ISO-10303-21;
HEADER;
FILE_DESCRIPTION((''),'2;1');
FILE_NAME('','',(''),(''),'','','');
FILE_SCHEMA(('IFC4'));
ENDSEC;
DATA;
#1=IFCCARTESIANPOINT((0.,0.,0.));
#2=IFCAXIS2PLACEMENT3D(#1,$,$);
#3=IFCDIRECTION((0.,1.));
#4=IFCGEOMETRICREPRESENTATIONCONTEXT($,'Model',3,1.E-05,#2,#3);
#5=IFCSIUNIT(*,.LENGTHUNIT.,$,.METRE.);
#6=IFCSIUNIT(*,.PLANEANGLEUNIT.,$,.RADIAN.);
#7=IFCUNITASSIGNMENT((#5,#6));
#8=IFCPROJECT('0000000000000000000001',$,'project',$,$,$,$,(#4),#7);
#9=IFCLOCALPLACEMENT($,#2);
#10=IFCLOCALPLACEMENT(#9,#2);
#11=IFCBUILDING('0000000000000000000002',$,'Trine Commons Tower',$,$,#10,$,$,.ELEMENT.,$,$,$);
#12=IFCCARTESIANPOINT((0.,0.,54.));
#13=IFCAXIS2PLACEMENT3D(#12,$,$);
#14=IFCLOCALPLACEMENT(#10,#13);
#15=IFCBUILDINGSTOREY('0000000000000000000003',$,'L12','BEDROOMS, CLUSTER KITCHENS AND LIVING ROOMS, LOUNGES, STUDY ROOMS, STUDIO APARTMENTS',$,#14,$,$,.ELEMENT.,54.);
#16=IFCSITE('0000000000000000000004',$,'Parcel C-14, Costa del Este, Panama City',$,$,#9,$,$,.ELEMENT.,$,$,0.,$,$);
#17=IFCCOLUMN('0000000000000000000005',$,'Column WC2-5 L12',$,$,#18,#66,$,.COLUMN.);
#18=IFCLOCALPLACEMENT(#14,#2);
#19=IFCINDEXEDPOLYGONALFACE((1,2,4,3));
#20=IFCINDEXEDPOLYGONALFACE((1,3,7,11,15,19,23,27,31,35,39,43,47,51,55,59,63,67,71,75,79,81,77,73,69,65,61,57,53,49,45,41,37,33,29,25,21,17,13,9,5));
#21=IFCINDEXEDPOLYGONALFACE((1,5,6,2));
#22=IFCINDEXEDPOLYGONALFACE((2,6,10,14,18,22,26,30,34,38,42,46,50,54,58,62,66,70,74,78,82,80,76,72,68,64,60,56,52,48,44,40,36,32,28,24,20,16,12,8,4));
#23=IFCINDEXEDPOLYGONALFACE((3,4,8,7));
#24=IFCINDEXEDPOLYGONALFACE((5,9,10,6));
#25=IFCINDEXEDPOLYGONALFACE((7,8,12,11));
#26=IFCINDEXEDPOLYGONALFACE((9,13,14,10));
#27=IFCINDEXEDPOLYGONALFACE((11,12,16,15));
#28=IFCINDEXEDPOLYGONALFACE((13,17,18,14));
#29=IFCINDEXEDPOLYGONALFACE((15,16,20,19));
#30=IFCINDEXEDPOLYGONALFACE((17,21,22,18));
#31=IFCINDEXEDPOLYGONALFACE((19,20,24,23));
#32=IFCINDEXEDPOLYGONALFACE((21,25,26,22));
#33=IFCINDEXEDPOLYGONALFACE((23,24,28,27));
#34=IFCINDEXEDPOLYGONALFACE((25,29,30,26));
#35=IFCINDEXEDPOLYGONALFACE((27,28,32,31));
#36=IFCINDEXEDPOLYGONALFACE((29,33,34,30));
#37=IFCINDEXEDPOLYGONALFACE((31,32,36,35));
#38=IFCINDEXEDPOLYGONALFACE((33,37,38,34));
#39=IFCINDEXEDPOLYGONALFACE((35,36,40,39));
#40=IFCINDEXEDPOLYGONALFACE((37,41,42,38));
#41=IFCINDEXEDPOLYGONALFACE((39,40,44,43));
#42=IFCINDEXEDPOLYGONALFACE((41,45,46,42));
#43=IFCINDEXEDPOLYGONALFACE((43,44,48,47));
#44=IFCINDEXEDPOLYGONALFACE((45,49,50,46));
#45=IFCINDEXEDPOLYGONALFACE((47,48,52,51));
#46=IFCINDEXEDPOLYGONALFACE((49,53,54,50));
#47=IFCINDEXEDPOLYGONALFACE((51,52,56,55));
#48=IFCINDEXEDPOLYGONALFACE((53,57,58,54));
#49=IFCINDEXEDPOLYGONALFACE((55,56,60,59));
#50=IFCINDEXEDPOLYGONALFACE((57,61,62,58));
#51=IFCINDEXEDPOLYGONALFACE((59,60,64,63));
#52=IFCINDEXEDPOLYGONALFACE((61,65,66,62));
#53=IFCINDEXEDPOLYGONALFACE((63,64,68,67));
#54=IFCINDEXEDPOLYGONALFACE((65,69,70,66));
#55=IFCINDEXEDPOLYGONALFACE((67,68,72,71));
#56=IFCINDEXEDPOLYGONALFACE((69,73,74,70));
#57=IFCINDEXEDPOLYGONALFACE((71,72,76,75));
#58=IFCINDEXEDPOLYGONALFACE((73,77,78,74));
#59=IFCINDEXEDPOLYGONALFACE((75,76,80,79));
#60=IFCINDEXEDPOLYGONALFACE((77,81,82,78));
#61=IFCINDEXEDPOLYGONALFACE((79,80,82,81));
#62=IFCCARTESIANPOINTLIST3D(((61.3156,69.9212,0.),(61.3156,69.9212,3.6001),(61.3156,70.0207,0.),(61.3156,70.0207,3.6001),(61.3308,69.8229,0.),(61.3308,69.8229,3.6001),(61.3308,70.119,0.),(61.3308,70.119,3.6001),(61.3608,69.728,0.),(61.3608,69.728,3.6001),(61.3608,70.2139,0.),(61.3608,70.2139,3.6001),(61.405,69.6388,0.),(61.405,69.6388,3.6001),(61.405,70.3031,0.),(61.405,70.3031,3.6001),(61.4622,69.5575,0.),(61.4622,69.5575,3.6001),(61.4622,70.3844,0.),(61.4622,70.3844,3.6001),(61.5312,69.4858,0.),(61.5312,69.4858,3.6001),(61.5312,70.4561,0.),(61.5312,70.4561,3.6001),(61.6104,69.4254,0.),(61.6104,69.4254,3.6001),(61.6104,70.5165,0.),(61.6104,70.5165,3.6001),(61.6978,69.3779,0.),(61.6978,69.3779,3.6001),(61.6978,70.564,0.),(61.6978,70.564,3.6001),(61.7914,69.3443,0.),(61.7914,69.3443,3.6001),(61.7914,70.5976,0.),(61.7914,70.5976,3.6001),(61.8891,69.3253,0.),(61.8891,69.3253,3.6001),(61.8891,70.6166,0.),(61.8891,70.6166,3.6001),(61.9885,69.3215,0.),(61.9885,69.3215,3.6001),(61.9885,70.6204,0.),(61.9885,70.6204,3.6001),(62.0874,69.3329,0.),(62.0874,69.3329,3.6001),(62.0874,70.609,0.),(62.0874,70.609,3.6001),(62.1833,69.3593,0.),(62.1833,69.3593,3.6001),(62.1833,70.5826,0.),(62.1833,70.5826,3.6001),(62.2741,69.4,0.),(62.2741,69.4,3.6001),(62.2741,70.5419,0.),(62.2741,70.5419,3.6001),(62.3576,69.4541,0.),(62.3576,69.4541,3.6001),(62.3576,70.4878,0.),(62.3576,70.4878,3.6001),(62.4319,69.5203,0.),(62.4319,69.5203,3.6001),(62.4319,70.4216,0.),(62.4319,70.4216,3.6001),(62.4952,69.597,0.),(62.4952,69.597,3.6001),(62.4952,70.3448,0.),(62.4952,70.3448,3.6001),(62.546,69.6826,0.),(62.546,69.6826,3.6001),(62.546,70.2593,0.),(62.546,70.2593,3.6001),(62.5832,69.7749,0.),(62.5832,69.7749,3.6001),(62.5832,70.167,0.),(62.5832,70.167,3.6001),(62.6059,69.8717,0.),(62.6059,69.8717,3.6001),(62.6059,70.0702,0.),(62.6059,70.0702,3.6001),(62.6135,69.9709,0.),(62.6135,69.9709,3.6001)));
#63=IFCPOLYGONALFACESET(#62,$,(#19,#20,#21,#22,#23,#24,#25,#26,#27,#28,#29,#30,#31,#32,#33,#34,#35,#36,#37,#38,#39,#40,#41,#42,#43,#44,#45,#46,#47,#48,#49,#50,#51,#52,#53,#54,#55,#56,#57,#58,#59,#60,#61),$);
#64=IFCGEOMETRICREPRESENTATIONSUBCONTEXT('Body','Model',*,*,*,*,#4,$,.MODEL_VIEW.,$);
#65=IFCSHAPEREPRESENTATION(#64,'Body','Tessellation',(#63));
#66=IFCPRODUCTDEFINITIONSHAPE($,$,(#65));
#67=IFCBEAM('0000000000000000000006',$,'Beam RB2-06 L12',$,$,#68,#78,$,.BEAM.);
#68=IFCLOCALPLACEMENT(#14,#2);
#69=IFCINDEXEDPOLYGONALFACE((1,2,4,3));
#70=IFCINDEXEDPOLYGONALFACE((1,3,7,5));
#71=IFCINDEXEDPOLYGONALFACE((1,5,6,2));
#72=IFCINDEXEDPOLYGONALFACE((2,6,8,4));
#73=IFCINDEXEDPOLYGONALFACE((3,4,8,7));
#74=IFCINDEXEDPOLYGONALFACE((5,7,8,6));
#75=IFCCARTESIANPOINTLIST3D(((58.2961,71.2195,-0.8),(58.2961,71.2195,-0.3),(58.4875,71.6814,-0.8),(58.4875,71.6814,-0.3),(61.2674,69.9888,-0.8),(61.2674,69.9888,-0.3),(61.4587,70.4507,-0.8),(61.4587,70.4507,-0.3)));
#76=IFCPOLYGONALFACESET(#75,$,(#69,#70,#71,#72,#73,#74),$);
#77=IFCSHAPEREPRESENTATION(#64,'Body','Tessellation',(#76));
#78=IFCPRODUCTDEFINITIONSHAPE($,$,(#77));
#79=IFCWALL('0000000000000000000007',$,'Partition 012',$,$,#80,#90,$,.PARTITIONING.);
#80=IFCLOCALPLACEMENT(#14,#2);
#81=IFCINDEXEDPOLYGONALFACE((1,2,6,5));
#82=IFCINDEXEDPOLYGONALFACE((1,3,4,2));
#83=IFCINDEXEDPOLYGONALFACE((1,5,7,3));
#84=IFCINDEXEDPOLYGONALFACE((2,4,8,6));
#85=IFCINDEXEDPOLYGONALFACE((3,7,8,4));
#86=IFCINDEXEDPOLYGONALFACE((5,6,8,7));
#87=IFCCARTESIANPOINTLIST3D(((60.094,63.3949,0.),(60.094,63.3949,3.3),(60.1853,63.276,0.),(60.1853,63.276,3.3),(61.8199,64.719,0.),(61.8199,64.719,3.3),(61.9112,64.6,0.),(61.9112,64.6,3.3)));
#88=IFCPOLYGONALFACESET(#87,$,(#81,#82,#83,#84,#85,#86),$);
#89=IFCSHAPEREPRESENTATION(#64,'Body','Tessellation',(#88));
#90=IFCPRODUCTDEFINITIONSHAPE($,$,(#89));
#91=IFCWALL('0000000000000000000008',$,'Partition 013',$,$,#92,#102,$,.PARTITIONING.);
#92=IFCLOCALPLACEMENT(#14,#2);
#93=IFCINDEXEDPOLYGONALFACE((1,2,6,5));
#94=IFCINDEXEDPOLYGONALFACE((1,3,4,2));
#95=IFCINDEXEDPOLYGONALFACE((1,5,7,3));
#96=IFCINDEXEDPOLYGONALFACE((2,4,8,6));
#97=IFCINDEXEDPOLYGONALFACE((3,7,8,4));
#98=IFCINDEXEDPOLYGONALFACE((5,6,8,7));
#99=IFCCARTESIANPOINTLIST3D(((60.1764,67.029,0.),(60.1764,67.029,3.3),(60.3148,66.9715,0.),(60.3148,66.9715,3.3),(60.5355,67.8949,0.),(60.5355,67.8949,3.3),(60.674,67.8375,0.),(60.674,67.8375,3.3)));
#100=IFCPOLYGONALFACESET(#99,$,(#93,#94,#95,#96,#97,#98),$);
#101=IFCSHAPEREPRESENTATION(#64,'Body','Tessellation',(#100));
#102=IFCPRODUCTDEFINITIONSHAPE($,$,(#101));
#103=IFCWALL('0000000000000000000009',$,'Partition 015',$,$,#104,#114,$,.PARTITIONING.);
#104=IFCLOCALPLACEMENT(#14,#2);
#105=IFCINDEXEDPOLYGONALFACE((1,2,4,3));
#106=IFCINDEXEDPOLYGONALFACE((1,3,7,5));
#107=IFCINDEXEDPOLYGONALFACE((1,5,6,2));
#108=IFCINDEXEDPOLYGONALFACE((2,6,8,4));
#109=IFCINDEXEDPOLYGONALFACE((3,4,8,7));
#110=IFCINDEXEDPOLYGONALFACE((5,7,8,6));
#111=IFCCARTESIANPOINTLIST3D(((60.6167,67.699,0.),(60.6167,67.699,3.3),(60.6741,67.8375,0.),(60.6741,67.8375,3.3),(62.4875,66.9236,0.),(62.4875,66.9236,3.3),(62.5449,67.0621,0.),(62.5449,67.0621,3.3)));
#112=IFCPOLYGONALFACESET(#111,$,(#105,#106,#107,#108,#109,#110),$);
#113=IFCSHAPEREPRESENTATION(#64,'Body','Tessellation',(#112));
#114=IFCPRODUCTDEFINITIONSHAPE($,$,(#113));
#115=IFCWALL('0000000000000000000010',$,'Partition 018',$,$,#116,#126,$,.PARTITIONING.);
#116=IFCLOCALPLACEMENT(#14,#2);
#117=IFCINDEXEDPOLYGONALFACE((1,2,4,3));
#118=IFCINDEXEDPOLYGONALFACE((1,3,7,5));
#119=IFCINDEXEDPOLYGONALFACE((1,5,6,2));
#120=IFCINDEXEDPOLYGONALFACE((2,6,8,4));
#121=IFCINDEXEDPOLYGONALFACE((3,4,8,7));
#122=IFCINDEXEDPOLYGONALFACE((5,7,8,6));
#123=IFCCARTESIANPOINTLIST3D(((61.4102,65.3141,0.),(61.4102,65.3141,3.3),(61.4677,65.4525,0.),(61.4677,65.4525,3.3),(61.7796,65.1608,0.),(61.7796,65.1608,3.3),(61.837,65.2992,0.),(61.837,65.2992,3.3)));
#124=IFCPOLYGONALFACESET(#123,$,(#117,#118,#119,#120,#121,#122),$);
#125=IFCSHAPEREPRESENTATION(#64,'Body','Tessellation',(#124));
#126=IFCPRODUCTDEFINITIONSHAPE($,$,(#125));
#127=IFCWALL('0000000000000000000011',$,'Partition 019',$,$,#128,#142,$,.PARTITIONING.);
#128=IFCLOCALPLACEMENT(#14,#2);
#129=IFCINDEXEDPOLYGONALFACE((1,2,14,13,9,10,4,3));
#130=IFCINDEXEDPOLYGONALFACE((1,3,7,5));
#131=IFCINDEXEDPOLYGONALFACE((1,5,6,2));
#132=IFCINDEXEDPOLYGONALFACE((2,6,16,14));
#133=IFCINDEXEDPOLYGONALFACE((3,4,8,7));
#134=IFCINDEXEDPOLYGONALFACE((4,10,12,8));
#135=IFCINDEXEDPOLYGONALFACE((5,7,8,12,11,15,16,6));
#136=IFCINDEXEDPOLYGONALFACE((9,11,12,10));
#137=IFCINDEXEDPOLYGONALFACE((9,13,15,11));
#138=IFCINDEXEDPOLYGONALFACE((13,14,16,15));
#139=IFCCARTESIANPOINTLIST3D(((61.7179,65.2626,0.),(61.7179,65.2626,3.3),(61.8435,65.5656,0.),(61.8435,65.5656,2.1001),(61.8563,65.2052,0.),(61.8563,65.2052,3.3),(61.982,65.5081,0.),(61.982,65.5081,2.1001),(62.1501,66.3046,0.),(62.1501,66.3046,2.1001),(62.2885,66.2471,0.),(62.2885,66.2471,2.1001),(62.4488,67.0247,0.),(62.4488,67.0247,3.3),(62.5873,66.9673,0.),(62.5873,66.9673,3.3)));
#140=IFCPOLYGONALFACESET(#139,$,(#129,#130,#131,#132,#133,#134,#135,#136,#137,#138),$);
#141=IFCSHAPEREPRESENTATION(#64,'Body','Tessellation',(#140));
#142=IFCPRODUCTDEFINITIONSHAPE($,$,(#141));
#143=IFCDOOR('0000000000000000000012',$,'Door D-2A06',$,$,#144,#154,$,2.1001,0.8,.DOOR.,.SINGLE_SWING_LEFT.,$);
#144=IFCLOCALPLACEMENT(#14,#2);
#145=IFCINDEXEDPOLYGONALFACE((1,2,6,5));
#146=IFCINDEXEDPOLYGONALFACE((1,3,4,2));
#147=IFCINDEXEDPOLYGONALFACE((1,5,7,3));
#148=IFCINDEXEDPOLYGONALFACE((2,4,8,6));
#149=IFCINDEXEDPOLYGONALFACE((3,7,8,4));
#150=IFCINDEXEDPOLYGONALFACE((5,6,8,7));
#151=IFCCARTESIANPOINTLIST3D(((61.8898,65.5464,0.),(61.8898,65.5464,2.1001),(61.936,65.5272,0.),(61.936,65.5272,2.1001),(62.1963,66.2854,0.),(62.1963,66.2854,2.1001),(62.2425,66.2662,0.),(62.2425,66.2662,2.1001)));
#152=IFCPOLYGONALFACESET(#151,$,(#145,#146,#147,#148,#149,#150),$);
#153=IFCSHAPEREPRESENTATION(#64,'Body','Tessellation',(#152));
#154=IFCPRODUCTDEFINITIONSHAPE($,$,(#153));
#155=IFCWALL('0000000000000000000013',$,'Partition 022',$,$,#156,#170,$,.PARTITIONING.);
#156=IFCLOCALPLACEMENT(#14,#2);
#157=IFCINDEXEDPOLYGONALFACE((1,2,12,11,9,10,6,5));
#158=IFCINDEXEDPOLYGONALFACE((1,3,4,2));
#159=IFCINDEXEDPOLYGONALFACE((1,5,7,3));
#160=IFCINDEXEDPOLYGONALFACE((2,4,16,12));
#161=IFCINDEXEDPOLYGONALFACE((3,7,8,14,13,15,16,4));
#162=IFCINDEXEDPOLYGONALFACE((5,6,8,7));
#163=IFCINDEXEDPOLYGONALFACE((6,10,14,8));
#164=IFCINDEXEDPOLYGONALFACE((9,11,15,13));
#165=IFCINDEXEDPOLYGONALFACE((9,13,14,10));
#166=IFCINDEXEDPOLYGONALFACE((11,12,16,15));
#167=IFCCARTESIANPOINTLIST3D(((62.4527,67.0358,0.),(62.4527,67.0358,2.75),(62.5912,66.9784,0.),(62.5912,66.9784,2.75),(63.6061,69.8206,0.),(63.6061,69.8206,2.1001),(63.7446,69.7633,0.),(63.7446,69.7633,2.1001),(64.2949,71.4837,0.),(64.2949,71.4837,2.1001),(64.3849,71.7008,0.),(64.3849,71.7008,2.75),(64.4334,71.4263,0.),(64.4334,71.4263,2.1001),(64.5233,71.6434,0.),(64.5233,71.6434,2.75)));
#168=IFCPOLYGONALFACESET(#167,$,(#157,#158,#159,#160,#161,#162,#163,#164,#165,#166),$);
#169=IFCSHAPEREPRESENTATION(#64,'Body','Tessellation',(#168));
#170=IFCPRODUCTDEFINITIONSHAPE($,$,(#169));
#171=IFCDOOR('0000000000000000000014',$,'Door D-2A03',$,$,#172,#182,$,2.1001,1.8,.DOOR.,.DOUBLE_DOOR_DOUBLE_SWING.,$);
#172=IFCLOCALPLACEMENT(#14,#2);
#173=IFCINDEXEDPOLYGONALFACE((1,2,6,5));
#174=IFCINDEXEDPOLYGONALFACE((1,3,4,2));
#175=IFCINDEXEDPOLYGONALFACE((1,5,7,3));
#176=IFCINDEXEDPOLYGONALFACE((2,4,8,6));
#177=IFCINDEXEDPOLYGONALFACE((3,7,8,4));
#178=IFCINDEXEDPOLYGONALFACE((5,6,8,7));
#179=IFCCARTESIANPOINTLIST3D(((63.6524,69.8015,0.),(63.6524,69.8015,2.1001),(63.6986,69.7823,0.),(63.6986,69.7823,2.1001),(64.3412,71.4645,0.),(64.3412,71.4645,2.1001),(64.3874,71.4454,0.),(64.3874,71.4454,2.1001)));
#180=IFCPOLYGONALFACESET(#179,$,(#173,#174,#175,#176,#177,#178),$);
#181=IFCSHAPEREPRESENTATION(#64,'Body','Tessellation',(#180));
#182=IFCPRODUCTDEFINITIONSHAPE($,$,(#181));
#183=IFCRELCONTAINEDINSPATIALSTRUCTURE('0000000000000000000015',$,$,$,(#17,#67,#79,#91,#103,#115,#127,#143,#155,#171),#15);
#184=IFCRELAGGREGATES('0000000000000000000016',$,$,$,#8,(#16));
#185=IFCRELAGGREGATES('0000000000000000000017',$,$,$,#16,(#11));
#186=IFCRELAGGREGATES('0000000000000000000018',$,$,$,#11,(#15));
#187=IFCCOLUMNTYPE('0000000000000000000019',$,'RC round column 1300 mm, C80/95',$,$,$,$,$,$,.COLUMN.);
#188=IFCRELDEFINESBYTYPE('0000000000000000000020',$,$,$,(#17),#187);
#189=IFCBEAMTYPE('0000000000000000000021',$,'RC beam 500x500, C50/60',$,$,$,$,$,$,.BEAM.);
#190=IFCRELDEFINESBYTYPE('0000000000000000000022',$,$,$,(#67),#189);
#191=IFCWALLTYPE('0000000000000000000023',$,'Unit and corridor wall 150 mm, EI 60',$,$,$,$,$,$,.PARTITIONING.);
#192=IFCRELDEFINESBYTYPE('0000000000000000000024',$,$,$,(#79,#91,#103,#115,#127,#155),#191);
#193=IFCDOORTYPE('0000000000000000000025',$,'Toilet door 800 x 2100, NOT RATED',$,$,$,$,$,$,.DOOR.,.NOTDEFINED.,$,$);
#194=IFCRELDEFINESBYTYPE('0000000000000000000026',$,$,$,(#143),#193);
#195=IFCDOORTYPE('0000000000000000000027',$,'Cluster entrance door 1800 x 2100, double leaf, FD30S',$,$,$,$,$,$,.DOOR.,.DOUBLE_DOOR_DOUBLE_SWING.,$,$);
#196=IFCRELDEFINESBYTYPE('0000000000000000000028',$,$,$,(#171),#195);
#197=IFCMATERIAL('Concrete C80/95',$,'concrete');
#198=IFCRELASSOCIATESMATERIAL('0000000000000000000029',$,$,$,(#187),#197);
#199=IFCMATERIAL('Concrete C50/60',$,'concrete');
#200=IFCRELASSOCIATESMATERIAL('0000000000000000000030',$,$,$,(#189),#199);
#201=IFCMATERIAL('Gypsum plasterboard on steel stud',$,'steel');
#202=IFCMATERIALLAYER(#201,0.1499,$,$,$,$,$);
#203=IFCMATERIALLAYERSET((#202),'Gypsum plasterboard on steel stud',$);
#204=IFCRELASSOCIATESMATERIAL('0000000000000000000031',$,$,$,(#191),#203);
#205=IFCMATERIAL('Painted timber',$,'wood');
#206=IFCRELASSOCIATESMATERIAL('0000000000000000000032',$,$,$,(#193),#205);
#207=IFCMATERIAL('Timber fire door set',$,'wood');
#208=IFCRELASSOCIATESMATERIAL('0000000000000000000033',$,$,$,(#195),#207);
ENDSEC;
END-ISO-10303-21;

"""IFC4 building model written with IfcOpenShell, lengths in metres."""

from ifc_helpers import new_model, si_unit, direction, frame, frame_2d, origin, origin_2d, place, context, subcontext, project, spatial, rectangle, circle, extrude, material, layer, layer_set, material_profile, profile_set, type_object, element, fill, save


model = new_model("IFC4")

# Units and contexts
model_context = context("Model", 3, precision=1e-05, world=origin(), true_north=direction((0.0, 1.0)))
body_context = subcontext(model_context, "Body", "Model", "MODEL_VIEW")
ifc_project = project(units=[si_unit("LENGTHUNIT", "METRE"), si_unit("PLANEANGLEUNIT", "RADIAN")], contexts=[model_context])

# Site, building, storey
site_placement = place(None, origin())
site = spatial("IfcSite", under=ifc_project, at=site_placement, Name="Parcel C-14, Costa del Este, Panama City", CompositionType="ELEMENT", RefElevation=0.0)
building_placement = place(site_placement, origin())
building = spatial("IfcBuilding", under=site, at=building_placement, Name="Trine Commons Tower", CompositionType="ELEMENT")
storey_placement = place(building_placement, frame((0.0, 0.0, 54.0)))
storey = spatial("IfcBuildingStorey", under=building, at=storey_placement, Name="L12", Description="BEDROOMS, CLUSTER KITCHENS AND LIVING ROOMS, LOUNGES, STUDY ROOMS, STUDIO APARTMENTS", CompositionType="ELEMENT", Elevation=54.0)

# Column
ifc_material_1 = material(Name="Concrete C80/95", Category="concrete")
ifc_material_profile_1 = material_profile(ifc_material_1, circle(Radius=0.6499, at=origin_2d()), Name="RC round 1300")
ifc_profile_set_1 = profile_set([ifc_material_profile_1], Name="Concrete C80/95")
column_type = type_object("IfcColumnType", Name="RC round column 1300 mm, C80/95", PredefinedType="COLUMN", material=ifc_profile_set_1)
column_placement = place(storey_placement, frame((61.9636, 69.9709, 0.0), z_axis=(0.0, 0.0, 1.0), x_axis=(1.0, 0.0, 0.0)))
element("IfcColumn", 1, at=column_placement, inside=storey, type_object=column_type, Name="Column WC2-5 L12", PredefinedType="COLUMN", context=body_context, shape_type="SweptSolid", body=[
    extrude(circle(Radius=0.6499, at=origin_2d()), origin(), (0.0, 0.0, 1.0), 3.6001),
])

# Beam
ifc_material_2 = material(Name="Concrete C50/60", Category="concrete")
ifc_material_profile_2 = material_profile(ifc_material_2, rectangle(XDim=0.5, YDim=0.5, at=origin_2d()), Name="RC 500x500")
ifc_profile_set_2 = profile_set([ifc_material_profile_2], Name="Concrete C50/60")
beam_type = type_object("IfcBeamType", Name="RC beam 500x500, C50/60", PredefinedType="BEAM", material=ifc_profile_set_2)
beam_placement = place(storey_placement, frame((61.363, 70.2197, -0.55), z_axis=(-0.923879, 0.382685, 0.0), x_axis=(-0.382685, -0.923879, 0.0)))
element("IfcBeam", 2, at=beam_placement, inside=storey, type_object=beam_type, Name="Beam RB2-06 L12", PredefinedType="BEAM", context=body_context, shape_type="SweptSolid", body=[
    extrude(rectangle(XDim=0.5, YDim=0.5, at=origin_2d()), origin(), (0.0, 0.0, 1.0), 3.2161),
])

# Walls
ifc_material_3 = material(Name="Gypsum plasterboard on steel stud", Category="steel")
ifc_layer_1 = layer(ifc_material_3, 0.1499)
ifc_layer_set_1 = layer_set([ifc_layer_1], Name="Gypsum plasterboard on steel stud")
wall_type_1 = type_object("IfcWallType", Name="Unit and corridor wall 150 mm, EI 60", PredefinedType="PARTITIONING", material=ifc_layer_set_1)
wall_1_placement = place(storey_placement, frame((60.1396, 63.3354, 0.0), z_axis=(0.0, 0.0, 1.0), x_axis=(0.79342, 0.608674, 0.0)))
element("IfcWall", 3, at=wall_1_placement, inside=storey, type_object=wall_type_1, Name="Partition 012", PredefinedType="PARTITIONING", context=body_context, shape_type="SweptSolid", body=[
    extrude(rectangle(XDim=2.1753, YDim=0.1499, at=frame_2d((1.0876, 0.0))), origin(), (0.0, 0.0, 1.0), 3.3),
])
wall_2_placement = place(storey_placement, frame((60.2456, 67.0002, 0.0), z_axis=(0.0, 0.0, 1.0), x_axis=(0.38308, 0.923715, 0.0)))
element("IfcWall", 4, at=wall_2_placement, inside=storey, type_object=wall_type_1, Name="Partition 013", PredefinedType="PARTITIONING", context=body_context, shape_type="SweptSolid", body=[
    extrude(rectangle(XDim=0.9375, YDim=0.1499, at=frame_2d((0.4688, 0.0))), origin(), (0.0, 0.0, 1.0), 3.3),
])
wall_3_placement = place(storey_placement, frame((60.6453, 67.7683, 0.0), z_axis=(0.0, 0.0, 1.0), x_axis=(0.923799, -0.382877, 0.0)))
element("IfcWall", 5, at=wall_3_placement, inside=storey, type_object=wall_type_1, Name="Partition 015", PredefinedType="PARTITIONING", context=body_context, shape_type="SweptSolid", body=[
    extrude(rectangle(XDim=2.0251, YDim=0.1499, at=frame_2d((1.0127, 0.0))), origin(), (0.0, 0.0, 1.0), 3.3),
])
wall_4_placement = place(storey_placement, frame((61.439, 65.3833, 0.0), z_axis=(0.0, 0.0, 1.0), x_axis=(0.9236, -0.383358, 0.0)))
element("IfcWall", 6, at=wall_4_placement, inside=storey, type_object=wall_type_1, Name="Partition 018", PredefinedType="PARTITIONING", context=body_context, shape_type="SweptSolid", body=[
    extrude(rectangle(XDim=0.3999, YDim=0.1499, at=frame_2d((0.2, 0.0))), origin(), (0.0, 0.0, 1.0), 3.3),
])

# Walls, openings, doors
wall_5_placement = place(storey_placement, frame((61.7871, 65.2339, 0.0), z_axis=(0.0, 0.0, 1.0), x_axis=(0.383143, 0.923689, 0.0)))
wall_5 = element("IfcWall", 7, at=wall_5_placement, inside=storey, type_object=wall_type_1, Name="Partition 019", PredefinedType="PARTITIONING", context=body_context, shape_type="SweptSolid", body=[
    extrude(rectangle(XDim=1.9077, YDim=0.1499, at=frame_2d((0.9539, 0.0))), origin(), (0.0, 0.0, 1.0), 3.3),
])
opening_1_placement = place(wall_5_placement, frame((0.3281, 0.0, 0.0)))
opening_1 = element("IfcOpeningElement", 8, at=opening_1_placement, cuts=wall_5, PredefinedType="OPENING", context=body_context, shape_type="SweptSolid", body=[
    extrude(rectangle(XDim=0.8, YDim=2.1001, at=frame_2d((0.3999, 1.05))), frame((0.0, 0.085, 0.0), z_axis=(0.0, -1.0, 0.0), x_axis=(1.0, 0.0, 0.0)), (0.0, 0.0, 1.0), 0.1699),
])
ifc_material_4 = material(Name="Painted timber", Category="wood")
door_type_1 = type_object("IfcDoorType", Name="Toilet door 800 x 2100, NOT RATED", OperationType="NOTDEFINED", PredefinedType="DOOR", material=ifc_material_4)
door_1_placement = place(opening_1_placement, origin())
door_1 = element("IfcDoor", 9, at=door_1_placement, inside=storey, type_object=door_type_1, Name="Door D-2A06", OperationType="SINGLE_SWING_LEFT", OverallHeight=2.1001, OverallWidth=0.8, PredefinedType="DOOR", context=body_context, shape_type="SweptSolid", body=[
    extrude(rectangle(XDim=0.8, YDim=2.1001, at=frame_2d((0.3999, 1.05))), frame((0.0, 0.0249, 0.0), z_axis=(0.0, -1.0, 0.0), x_axis=(1.0, 0.0, 0.0)), (0.0, 0.0, 1.0), 0.05),
])
fill(opening_1, door_1)
wall_6_placement = place(storey_placement, frame((62.522, 67.0071, 0.0), z_axis=(0.0, 0.0, 1.0), x_axis=(0.382651, 0.923893, 0.0)))
wall_6 = element("IfcWall", 10, at=wall_6_placement, inside=storey, type_object=wall_type_1, Name="Partition 022", PredefinedType="PARTITIONING", context=body_context, shape_type="SweptSolid", body=[
    extrude(rectangle(XDim=5.0493, YDim=0.1499, at=frame_2d((2.5247, 0.0))), origin(), (0.0, 0.0, 1.0), 2.75),
])
opening_2_placement = place(wall_6_placement, frame((3.0144, 0.0, 0.0)))
opening_2 = element("IfcOpeningElement", 11, at=opening_2_placement, cuts=wall_6, PredefinedType="OPENING", context=body_context, shape_type="SweptSolid", body=[
    extrude(rectangle(XDim=1.8, YDim=2.1001, at=frame_2d((0.8999, 1.05))), frame((0.0, 0.085, 0.0), z_axis=(0.0, -1.0, 0.0), x_axis=(1.0, 0.0, 0.0)), (0.0, 0.0, 1.0), 0.1699),
])
ifc_material_5 = material(Name="Timber fire door set", Category="wood")
door_type_2 = type_object("IfcDoorType", Name="Cluster entrance door 1800 x 2100, double leaf, FD30S", OperationType="DOUBLE_DOOR_DOUBLE_SWING", PredefinedType="DOOR", material=ifc_material_5)
door_2_placement = place(opening_2_placement, origin())
door_2 = element("IfcDoor", 12, at=door_2_placement, inside=storey, type_object=door_type_2, Name="Door D-2A03", OperationType="DOUBLE_DOOR_DOUBLE_SWING", OverallHeight=2.1001, OverallWidth=1.8, PredefinedType="DOOR", context=body_context, shape_type="SweptSolid", body=[
    extrude(rectangle(XDim=1.8, YDim=2.1001, at=frame_2d((0.8999, 1.05))), frame((0.0, 0.0249, 0.0), z_axis=(0.0, -1.0, 0.0), x_axis=(1.0, 0.0, 0.0)), (0.0, 0.0, 1.0), 0.05),
])
fill(opening_2, door_2)

save(model, "model.ifc")
